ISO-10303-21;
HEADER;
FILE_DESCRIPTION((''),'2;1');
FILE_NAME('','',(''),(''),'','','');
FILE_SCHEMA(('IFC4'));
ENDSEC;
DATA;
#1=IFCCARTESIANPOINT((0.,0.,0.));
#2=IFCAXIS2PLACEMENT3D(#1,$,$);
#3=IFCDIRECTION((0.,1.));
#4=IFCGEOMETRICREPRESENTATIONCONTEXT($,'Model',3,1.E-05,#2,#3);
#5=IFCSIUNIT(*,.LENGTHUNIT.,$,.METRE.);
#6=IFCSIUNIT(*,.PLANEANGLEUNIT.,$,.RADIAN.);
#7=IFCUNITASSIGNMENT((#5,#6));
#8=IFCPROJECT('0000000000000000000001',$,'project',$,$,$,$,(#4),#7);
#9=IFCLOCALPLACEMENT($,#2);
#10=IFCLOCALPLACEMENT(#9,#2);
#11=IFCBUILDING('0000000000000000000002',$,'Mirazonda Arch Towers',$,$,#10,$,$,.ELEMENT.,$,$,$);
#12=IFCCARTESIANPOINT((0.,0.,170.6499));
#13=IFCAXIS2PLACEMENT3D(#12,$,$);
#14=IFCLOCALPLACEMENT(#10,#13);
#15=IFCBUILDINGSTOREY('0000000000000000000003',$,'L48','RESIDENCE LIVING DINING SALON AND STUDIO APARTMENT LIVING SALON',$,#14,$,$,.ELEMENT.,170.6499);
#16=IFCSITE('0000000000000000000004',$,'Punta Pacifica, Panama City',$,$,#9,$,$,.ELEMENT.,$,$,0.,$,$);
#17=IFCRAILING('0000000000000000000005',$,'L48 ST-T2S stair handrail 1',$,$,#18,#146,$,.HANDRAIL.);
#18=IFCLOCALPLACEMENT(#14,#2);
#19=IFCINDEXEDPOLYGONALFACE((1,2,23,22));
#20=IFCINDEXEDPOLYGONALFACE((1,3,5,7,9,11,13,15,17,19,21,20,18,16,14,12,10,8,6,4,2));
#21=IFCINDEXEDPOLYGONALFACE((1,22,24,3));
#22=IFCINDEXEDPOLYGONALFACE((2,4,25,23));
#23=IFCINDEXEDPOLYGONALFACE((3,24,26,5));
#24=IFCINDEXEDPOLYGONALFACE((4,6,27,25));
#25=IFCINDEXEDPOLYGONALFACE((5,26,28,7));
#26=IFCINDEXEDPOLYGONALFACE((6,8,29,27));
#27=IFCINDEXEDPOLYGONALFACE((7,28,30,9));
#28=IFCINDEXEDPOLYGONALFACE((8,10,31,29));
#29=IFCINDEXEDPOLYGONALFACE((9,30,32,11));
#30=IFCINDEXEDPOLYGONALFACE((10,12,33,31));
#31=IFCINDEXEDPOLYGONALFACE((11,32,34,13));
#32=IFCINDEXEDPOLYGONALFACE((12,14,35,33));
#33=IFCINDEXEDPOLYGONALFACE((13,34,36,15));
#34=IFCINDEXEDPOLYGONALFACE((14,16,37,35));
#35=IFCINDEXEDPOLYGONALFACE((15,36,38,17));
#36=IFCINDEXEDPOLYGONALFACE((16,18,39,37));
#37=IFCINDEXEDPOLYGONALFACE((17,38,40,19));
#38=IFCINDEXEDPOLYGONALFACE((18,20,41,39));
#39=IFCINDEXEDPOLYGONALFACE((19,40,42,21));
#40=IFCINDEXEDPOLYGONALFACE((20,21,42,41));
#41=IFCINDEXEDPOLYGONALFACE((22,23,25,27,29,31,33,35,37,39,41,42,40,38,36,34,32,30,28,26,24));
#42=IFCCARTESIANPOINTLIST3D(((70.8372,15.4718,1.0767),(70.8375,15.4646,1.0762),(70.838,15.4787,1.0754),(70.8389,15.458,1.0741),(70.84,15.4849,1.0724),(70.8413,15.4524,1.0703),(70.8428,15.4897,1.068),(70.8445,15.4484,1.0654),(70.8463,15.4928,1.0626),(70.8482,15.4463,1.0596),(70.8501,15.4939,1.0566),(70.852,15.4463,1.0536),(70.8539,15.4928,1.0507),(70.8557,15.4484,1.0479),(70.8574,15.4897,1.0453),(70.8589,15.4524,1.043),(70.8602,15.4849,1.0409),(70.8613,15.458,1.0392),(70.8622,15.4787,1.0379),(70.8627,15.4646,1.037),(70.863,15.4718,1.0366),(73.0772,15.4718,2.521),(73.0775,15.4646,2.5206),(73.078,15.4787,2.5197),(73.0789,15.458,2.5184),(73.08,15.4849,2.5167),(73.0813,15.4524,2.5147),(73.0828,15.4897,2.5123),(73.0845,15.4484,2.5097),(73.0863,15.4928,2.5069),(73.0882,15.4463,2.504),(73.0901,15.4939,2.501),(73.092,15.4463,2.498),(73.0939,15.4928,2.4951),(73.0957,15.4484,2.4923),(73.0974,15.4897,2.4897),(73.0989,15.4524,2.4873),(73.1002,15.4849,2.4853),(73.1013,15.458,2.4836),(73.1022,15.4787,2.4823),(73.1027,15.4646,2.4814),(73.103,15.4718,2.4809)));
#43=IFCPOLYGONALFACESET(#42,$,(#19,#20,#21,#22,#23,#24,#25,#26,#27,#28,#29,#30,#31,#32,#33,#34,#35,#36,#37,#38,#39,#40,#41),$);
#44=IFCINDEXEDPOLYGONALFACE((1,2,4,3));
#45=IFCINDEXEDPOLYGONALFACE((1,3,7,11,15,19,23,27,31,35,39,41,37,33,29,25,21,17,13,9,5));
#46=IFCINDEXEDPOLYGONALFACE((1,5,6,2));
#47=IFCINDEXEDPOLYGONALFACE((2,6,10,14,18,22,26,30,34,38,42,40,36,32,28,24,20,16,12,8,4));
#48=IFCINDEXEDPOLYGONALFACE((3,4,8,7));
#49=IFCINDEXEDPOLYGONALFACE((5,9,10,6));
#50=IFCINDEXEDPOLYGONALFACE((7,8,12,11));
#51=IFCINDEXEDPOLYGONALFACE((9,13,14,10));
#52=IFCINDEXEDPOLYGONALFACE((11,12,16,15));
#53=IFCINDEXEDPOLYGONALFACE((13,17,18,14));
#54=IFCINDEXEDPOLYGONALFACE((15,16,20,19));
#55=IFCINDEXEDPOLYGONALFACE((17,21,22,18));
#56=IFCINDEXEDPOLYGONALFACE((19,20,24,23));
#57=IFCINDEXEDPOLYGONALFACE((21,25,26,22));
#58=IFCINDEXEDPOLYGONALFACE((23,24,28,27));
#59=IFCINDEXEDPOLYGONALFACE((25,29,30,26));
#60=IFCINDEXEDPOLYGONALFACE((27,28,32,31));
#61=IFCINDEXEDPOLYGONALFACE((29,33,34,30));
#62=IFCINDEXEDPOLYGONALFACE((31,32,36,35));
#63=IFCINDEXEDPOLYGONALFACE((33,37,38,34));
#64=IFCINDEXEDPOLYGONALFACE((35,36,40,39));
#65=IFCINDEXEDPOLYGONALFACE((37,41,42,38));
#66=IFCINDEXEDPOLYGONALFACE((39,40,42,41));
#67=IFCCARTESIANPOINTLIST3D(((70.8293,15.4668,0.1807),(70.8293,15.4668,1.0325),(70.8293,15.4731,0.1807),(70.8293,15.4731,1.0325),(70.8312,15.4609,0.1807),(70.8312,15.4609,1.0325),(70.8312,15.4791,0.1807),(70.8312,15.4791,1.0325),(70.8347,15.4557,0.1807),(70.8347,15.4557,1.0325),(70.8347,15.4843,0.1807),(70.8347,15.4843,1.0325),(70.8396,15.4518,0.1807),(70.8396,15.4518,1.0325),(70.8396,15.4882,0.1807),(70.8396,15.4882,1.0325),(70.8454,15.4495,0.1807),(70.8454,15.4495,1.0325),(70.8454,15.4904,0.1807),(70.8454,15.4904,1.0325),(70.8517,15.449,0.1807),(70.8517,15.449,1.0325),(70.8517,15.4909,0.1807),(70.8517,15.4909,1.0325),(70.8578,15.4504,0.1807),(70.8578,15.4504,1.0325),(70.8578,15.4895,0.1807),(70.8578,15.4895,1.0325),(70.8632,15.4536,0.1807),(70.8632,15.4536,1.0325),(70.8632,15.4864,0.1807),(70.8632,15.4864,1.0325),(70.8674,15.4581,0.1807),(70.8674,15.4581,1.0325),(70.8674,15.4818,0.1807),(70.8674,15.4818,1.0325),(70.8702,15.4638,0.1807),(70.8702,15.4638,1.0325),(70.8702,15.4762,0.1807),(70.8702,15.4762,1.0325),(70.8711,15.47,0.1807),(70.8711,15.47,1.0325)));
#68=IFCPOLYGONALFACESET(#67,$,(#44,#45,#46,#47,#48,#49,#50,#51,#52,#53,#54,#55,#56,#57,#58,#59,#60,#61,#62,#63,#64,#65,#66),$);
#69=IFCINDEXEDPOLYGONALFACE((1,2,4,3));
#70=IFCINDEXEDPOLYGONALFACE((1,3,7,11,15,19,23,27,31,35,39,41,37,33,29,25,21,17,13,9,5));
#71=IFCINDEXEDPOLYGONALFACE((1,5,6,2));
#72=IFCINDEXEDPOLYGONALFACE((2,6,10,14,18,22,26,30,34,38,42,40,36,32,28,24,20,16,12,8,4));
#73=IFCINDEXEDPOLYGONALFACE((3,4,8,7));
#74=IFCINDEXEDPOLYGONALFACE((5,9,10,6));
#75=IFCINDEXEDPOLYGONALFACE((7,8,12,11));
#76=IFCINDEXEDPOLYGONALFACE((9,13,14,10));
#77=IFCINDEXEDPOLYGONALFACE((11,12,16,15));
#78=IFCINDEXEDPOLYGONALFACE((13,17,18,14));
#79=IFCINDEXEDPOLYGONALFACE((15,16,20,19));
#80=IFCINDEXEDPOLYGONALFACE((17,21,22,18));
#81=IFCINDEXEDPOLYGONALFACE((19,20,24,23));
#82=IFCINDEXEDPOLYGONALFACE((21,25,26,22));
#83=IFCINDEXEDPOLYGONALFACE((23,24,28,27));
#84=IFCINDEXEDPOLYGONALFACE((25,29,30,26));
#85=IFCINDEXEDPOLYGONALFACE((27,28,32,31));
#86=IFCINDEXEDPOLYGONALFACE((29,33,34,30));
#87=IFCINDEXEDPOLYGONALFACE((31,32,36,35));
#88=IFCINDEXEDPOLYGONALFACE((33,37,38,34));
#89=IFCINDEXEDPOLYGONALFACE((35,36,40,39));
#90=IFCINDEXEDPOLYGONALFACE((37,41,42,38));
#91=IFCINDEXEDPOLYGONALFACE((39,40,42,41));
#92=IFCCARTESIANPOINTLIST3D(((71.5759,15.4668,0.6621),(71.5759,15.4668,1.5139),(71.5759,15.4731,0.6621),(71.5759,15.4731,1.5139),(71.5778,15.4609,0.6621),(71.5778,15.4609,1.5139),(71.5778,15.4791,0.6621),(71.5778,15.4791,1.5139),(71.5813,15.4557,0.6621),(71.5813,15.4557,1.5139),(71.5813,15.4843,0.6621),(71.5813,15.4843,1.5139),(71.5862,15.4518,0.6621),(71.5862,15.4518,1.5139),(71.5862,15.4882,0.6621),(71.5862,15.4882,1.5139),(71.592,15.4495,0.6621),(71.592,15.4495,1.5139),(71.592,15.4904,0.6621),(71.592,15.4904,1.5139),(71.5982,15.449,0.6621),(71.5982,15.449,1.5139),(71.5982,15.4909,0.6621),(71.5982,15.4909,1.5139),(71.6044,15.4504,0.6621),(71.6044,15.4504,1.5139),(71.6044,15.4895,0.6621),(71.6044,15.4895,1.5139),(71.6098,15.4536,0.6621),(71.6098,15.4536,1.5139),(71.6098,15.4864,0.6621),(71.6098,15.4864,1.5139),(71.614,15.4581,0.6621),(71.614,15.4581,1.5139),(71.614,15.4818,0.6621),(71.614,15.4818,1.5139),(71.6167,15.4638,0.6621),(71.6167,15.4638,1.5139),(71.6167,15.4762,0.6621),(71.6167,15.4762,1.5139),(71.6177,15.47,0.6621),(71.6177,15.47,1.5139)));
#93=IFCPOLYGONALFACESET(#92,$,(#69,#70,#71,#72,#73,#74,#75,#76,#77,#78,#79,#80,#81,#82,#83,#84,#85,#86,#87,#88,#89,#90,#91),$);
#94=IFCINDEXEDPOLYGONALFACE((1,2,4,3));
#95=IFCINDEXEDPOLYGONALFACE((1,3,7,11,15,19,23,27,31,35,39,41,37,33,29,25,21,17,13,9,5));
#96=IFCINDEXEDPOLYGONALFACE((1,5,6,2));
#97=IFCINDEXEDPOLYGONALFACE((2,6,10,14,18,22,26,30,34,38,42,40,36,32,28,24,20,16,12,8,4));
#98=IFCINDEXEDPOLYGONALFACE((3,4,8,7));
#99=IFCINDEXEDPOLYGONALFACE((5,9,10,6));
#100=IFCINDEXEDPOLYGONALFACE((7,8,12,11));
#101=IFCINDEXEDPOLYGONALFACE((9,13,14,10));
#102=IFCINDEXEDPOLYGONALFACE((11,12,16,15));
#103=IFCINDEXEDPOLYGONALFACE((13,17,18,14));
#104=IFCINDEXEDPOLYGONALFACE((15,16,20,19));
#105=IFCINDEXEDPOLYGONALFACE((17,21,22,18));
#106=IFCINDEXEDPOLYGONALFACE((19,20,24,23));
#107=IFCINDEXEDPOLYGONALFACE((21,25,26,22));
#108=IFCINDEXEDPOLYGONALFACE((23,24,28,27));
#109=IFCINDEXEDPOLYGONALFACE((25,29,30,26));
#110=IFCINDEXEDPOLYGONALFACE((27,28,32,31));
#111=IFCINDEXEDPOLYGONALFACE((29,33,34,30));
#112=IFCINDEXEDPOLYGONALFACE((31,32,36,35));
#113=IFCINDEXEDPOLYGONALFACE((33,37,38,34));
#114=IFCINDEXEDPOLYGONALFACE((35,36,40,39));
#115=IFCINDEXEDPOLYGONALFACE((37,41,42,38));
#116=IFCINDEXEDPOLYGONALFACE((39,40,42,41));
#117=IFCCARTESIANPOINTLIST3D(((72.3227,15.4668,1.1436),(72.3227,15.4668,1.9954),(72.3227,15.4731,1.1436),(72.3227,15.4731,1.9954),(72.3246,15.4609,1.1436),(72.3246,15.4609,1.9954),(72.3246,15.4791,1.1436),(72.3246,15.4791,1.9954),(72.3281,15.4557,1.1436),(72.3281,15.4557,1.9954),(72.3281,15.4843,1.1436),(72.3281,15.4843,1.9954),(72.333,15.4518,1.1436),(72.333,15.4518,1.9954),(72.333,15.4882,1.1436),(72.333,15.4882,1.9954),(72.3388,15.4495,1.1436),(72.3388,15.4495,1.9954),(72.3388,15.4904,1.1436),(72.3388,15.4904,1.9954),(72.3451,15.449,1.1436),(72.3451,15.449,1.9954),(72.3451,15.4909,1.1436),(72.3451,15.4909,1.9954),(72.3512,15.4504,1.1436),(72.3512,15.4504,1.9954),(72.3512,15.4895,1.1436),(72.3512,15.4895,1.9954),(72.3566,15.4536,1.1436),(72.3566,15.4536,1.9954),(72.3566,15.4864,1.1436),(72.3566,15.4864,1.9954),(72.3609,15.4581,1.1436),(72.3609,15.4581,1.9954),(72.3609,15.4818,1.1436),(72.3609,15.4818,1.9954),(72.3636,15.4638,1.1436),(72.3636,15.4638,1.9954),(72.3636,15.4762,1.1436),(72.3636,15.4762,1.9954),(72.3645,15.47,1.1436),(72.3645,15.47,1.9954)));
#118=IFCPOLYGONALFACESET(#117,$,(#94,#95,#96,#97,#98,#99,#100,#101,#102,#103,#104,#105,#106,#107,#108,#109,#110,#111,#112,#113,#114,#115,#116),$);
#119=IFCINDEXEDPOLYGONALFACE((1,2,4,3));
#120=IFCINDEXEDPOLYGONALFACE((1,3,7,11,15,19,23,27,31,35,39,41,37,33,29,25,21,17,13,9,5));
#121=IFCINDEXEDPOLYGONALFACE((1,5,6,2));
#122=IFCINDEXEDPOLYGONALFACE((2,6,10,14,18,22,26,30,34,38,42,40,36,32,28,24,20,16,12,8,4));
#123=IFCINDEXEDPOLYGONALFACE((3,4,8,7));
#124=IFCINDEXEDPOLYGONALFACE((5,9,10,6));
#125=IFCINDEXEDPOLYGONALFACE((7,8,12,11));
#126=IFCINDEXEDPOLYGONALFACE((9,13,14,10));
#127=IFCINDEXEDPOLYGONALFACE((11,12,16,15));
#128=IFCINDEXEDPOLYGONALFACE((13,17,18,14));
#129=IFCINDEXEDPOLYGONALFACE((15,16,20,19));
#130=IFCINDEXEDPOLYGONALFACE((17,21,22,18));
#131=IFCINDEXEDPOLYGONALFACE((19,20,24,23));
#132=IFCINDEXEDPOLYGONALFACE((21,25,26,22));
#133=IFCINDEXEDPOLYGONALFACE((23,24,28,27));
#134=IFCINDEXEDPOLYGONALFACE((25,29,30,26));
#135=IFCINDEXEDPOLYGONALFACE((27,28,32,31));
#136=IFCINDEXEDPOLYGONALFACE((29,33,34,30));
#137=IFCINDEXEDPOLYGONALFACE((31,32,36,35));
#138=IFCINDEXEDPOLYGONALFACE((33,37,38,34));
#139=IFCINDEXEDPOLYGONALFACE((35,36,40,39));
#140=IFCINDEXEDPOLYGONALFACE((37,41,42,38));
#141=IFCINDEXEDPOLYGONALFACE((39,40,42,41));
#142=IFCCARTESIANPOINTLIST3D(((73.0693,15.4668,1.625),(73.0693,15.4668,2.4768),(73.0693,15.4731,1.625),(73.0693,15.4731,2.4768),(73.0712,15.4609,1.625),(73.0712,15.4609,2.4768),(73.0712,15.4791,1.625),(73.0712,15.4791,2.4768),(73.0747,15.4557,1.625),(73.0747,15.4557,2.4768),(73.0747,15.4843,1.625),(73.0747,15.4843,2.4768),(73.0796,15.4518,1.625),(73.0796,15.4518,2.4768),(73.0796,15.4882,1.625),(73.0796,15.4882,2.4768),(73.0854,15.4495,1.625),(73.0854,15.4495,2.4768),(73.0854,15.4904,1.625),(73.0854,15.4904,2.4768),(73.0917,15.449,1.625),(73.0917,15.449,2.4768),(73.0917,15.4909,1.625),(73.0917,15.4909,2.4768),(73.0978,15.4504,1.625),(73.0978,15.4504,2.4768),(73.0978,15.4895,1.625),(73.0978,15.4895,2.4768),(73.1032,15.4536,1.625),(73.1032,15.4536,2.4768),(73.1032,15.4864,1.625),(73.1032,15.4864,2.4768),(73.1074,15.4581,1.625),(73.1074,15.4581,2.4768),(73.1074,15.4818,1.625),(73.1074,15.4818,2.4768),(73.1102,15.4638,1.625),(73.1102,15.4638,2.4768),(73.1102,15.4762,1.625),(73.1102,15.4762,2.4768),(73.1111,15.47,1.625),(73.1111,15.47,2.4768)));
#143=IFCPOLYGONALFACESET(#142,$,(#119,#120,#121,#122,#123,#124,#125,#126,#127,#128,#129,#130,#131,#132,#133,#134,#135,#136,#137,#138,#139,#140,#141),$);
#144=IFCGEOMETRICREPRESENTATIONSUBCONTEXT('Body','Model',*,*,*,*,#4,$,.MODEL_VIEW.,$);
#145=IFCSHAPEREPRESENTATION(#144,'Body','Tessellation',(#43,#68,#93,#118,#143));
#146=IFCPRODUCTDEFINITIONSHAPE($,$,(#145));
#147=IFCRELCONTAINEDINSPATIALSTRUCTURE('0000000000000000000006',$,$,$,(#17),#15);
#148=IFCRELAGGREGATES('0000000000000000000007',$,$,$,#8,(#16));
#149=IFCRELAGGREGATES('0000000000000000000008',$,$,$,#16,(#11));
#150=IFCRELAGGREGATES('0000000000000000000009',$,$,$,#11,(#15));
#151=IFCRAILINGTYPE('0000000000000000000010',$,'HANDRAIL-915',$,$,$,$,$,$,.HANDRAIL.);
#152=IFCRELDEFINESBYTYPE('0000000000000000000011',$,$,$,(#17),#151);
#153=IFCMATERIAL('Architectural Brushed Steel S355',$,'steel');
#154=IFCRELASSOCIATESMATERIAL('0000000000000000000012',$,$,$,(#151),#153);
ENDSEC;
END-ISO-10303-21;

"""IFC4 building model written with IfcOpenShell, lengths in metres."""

from ifc_helpers import new_model, si_unit, direction, frame, origin, origin_2d, place, context, subcontext, project, spatial, circle, extrude, material, type_object, element, save


model = new_model("IFC4")

# Units and contexts
model_context = context("Model", 3, precision=1e-05, world=origin(), true_north=direction((0.0, 1.0)))
body_context = subcontext(model_context, "Body", "Model", "MODEL_VIEW")
ifc_project = project(units=[si_unit("LENGTHUNIT", "METRE"), si_unit("PLANEANGLEUNIT", "RADIAN")], contexts=[model_context])

# Site, building, storey
site_placement = place(None, origin())
site = spatial("IfcSite", under=ifc_project, at=site_placement, Name="Punta Pacifica, Panama City", CompositionType="ELEMENT", RefElevation=0.0)
building_placement = place(site_placement, origin())
building = spatial("IfcBuilding", under=site, at=building_placement, Name="Mirazonda Arch Towers", CompositionType="ELEMENT")
storey_placement = place(building_placement, frame((0.0, 0.0, 170.6499)))
storey = spatial("IfcBuildingStorey", under=building, at=storey_placement, Name="L48", Description="RESIDENCE LIVING DINING SALON AND STUDIO APARTMENT LIVING SALON", CompositionType="ELEMENT", Elevation=170.6499)

# Shared definitions
ifc_material_1 = material(Name="Architectural Brushed Steel S355", Category="steel")

# Railing
railing_type_1 = type_object("IfcRailingType", Name="HANDRAIL-915", PredefinedType="HANDRAIL", material=ifc_material_1)
railing_1_placement = place(storey_placement, frame((70.8501, 15.47, 0.1807)))
element("IfcRailing", 1, at=railing_1_placement, inside=storey, type_object=railing_type_1, Name="L48 ST-T2S stair handrail 1", PredefinedType="HANDRAIL", context=body_context, shape_type="SweptSolid", body=[
    extrude(circle(Radius=0.0239, at=origin_2d()), frame((0.0, 0.0, 0.876), z_axis=(0.840437, 0.0, 0.54191), x_axis=(0.0, 1.0, 0.0)), (0.0, 0.0, 1.0), 2.6653),
    extrude(circle(Radius=0.021, at=origin_2d()), origin(), (0.0, 0.0, 1.0), 0.8518),
    extrude(circle(Radius=0.021, at=origin_2d()), frame((0.7466, 0.0, 0.4814)), (0.0, 0.0, 1.0), 0.8518),
    extrude(circle(Radius=0.021, at=origin_2d()), frame((1.4934, 0.0, 0.9629)), (0.0, 0.0, 1.0), 0.8518),
    extrude(circle(Radius=0.021, at=origin_2d()), frame((2.24, 0.0, 1.4443)), (0.0, 0.0, 1.0), 0.8518),
])

save(model, "model.ifc")
